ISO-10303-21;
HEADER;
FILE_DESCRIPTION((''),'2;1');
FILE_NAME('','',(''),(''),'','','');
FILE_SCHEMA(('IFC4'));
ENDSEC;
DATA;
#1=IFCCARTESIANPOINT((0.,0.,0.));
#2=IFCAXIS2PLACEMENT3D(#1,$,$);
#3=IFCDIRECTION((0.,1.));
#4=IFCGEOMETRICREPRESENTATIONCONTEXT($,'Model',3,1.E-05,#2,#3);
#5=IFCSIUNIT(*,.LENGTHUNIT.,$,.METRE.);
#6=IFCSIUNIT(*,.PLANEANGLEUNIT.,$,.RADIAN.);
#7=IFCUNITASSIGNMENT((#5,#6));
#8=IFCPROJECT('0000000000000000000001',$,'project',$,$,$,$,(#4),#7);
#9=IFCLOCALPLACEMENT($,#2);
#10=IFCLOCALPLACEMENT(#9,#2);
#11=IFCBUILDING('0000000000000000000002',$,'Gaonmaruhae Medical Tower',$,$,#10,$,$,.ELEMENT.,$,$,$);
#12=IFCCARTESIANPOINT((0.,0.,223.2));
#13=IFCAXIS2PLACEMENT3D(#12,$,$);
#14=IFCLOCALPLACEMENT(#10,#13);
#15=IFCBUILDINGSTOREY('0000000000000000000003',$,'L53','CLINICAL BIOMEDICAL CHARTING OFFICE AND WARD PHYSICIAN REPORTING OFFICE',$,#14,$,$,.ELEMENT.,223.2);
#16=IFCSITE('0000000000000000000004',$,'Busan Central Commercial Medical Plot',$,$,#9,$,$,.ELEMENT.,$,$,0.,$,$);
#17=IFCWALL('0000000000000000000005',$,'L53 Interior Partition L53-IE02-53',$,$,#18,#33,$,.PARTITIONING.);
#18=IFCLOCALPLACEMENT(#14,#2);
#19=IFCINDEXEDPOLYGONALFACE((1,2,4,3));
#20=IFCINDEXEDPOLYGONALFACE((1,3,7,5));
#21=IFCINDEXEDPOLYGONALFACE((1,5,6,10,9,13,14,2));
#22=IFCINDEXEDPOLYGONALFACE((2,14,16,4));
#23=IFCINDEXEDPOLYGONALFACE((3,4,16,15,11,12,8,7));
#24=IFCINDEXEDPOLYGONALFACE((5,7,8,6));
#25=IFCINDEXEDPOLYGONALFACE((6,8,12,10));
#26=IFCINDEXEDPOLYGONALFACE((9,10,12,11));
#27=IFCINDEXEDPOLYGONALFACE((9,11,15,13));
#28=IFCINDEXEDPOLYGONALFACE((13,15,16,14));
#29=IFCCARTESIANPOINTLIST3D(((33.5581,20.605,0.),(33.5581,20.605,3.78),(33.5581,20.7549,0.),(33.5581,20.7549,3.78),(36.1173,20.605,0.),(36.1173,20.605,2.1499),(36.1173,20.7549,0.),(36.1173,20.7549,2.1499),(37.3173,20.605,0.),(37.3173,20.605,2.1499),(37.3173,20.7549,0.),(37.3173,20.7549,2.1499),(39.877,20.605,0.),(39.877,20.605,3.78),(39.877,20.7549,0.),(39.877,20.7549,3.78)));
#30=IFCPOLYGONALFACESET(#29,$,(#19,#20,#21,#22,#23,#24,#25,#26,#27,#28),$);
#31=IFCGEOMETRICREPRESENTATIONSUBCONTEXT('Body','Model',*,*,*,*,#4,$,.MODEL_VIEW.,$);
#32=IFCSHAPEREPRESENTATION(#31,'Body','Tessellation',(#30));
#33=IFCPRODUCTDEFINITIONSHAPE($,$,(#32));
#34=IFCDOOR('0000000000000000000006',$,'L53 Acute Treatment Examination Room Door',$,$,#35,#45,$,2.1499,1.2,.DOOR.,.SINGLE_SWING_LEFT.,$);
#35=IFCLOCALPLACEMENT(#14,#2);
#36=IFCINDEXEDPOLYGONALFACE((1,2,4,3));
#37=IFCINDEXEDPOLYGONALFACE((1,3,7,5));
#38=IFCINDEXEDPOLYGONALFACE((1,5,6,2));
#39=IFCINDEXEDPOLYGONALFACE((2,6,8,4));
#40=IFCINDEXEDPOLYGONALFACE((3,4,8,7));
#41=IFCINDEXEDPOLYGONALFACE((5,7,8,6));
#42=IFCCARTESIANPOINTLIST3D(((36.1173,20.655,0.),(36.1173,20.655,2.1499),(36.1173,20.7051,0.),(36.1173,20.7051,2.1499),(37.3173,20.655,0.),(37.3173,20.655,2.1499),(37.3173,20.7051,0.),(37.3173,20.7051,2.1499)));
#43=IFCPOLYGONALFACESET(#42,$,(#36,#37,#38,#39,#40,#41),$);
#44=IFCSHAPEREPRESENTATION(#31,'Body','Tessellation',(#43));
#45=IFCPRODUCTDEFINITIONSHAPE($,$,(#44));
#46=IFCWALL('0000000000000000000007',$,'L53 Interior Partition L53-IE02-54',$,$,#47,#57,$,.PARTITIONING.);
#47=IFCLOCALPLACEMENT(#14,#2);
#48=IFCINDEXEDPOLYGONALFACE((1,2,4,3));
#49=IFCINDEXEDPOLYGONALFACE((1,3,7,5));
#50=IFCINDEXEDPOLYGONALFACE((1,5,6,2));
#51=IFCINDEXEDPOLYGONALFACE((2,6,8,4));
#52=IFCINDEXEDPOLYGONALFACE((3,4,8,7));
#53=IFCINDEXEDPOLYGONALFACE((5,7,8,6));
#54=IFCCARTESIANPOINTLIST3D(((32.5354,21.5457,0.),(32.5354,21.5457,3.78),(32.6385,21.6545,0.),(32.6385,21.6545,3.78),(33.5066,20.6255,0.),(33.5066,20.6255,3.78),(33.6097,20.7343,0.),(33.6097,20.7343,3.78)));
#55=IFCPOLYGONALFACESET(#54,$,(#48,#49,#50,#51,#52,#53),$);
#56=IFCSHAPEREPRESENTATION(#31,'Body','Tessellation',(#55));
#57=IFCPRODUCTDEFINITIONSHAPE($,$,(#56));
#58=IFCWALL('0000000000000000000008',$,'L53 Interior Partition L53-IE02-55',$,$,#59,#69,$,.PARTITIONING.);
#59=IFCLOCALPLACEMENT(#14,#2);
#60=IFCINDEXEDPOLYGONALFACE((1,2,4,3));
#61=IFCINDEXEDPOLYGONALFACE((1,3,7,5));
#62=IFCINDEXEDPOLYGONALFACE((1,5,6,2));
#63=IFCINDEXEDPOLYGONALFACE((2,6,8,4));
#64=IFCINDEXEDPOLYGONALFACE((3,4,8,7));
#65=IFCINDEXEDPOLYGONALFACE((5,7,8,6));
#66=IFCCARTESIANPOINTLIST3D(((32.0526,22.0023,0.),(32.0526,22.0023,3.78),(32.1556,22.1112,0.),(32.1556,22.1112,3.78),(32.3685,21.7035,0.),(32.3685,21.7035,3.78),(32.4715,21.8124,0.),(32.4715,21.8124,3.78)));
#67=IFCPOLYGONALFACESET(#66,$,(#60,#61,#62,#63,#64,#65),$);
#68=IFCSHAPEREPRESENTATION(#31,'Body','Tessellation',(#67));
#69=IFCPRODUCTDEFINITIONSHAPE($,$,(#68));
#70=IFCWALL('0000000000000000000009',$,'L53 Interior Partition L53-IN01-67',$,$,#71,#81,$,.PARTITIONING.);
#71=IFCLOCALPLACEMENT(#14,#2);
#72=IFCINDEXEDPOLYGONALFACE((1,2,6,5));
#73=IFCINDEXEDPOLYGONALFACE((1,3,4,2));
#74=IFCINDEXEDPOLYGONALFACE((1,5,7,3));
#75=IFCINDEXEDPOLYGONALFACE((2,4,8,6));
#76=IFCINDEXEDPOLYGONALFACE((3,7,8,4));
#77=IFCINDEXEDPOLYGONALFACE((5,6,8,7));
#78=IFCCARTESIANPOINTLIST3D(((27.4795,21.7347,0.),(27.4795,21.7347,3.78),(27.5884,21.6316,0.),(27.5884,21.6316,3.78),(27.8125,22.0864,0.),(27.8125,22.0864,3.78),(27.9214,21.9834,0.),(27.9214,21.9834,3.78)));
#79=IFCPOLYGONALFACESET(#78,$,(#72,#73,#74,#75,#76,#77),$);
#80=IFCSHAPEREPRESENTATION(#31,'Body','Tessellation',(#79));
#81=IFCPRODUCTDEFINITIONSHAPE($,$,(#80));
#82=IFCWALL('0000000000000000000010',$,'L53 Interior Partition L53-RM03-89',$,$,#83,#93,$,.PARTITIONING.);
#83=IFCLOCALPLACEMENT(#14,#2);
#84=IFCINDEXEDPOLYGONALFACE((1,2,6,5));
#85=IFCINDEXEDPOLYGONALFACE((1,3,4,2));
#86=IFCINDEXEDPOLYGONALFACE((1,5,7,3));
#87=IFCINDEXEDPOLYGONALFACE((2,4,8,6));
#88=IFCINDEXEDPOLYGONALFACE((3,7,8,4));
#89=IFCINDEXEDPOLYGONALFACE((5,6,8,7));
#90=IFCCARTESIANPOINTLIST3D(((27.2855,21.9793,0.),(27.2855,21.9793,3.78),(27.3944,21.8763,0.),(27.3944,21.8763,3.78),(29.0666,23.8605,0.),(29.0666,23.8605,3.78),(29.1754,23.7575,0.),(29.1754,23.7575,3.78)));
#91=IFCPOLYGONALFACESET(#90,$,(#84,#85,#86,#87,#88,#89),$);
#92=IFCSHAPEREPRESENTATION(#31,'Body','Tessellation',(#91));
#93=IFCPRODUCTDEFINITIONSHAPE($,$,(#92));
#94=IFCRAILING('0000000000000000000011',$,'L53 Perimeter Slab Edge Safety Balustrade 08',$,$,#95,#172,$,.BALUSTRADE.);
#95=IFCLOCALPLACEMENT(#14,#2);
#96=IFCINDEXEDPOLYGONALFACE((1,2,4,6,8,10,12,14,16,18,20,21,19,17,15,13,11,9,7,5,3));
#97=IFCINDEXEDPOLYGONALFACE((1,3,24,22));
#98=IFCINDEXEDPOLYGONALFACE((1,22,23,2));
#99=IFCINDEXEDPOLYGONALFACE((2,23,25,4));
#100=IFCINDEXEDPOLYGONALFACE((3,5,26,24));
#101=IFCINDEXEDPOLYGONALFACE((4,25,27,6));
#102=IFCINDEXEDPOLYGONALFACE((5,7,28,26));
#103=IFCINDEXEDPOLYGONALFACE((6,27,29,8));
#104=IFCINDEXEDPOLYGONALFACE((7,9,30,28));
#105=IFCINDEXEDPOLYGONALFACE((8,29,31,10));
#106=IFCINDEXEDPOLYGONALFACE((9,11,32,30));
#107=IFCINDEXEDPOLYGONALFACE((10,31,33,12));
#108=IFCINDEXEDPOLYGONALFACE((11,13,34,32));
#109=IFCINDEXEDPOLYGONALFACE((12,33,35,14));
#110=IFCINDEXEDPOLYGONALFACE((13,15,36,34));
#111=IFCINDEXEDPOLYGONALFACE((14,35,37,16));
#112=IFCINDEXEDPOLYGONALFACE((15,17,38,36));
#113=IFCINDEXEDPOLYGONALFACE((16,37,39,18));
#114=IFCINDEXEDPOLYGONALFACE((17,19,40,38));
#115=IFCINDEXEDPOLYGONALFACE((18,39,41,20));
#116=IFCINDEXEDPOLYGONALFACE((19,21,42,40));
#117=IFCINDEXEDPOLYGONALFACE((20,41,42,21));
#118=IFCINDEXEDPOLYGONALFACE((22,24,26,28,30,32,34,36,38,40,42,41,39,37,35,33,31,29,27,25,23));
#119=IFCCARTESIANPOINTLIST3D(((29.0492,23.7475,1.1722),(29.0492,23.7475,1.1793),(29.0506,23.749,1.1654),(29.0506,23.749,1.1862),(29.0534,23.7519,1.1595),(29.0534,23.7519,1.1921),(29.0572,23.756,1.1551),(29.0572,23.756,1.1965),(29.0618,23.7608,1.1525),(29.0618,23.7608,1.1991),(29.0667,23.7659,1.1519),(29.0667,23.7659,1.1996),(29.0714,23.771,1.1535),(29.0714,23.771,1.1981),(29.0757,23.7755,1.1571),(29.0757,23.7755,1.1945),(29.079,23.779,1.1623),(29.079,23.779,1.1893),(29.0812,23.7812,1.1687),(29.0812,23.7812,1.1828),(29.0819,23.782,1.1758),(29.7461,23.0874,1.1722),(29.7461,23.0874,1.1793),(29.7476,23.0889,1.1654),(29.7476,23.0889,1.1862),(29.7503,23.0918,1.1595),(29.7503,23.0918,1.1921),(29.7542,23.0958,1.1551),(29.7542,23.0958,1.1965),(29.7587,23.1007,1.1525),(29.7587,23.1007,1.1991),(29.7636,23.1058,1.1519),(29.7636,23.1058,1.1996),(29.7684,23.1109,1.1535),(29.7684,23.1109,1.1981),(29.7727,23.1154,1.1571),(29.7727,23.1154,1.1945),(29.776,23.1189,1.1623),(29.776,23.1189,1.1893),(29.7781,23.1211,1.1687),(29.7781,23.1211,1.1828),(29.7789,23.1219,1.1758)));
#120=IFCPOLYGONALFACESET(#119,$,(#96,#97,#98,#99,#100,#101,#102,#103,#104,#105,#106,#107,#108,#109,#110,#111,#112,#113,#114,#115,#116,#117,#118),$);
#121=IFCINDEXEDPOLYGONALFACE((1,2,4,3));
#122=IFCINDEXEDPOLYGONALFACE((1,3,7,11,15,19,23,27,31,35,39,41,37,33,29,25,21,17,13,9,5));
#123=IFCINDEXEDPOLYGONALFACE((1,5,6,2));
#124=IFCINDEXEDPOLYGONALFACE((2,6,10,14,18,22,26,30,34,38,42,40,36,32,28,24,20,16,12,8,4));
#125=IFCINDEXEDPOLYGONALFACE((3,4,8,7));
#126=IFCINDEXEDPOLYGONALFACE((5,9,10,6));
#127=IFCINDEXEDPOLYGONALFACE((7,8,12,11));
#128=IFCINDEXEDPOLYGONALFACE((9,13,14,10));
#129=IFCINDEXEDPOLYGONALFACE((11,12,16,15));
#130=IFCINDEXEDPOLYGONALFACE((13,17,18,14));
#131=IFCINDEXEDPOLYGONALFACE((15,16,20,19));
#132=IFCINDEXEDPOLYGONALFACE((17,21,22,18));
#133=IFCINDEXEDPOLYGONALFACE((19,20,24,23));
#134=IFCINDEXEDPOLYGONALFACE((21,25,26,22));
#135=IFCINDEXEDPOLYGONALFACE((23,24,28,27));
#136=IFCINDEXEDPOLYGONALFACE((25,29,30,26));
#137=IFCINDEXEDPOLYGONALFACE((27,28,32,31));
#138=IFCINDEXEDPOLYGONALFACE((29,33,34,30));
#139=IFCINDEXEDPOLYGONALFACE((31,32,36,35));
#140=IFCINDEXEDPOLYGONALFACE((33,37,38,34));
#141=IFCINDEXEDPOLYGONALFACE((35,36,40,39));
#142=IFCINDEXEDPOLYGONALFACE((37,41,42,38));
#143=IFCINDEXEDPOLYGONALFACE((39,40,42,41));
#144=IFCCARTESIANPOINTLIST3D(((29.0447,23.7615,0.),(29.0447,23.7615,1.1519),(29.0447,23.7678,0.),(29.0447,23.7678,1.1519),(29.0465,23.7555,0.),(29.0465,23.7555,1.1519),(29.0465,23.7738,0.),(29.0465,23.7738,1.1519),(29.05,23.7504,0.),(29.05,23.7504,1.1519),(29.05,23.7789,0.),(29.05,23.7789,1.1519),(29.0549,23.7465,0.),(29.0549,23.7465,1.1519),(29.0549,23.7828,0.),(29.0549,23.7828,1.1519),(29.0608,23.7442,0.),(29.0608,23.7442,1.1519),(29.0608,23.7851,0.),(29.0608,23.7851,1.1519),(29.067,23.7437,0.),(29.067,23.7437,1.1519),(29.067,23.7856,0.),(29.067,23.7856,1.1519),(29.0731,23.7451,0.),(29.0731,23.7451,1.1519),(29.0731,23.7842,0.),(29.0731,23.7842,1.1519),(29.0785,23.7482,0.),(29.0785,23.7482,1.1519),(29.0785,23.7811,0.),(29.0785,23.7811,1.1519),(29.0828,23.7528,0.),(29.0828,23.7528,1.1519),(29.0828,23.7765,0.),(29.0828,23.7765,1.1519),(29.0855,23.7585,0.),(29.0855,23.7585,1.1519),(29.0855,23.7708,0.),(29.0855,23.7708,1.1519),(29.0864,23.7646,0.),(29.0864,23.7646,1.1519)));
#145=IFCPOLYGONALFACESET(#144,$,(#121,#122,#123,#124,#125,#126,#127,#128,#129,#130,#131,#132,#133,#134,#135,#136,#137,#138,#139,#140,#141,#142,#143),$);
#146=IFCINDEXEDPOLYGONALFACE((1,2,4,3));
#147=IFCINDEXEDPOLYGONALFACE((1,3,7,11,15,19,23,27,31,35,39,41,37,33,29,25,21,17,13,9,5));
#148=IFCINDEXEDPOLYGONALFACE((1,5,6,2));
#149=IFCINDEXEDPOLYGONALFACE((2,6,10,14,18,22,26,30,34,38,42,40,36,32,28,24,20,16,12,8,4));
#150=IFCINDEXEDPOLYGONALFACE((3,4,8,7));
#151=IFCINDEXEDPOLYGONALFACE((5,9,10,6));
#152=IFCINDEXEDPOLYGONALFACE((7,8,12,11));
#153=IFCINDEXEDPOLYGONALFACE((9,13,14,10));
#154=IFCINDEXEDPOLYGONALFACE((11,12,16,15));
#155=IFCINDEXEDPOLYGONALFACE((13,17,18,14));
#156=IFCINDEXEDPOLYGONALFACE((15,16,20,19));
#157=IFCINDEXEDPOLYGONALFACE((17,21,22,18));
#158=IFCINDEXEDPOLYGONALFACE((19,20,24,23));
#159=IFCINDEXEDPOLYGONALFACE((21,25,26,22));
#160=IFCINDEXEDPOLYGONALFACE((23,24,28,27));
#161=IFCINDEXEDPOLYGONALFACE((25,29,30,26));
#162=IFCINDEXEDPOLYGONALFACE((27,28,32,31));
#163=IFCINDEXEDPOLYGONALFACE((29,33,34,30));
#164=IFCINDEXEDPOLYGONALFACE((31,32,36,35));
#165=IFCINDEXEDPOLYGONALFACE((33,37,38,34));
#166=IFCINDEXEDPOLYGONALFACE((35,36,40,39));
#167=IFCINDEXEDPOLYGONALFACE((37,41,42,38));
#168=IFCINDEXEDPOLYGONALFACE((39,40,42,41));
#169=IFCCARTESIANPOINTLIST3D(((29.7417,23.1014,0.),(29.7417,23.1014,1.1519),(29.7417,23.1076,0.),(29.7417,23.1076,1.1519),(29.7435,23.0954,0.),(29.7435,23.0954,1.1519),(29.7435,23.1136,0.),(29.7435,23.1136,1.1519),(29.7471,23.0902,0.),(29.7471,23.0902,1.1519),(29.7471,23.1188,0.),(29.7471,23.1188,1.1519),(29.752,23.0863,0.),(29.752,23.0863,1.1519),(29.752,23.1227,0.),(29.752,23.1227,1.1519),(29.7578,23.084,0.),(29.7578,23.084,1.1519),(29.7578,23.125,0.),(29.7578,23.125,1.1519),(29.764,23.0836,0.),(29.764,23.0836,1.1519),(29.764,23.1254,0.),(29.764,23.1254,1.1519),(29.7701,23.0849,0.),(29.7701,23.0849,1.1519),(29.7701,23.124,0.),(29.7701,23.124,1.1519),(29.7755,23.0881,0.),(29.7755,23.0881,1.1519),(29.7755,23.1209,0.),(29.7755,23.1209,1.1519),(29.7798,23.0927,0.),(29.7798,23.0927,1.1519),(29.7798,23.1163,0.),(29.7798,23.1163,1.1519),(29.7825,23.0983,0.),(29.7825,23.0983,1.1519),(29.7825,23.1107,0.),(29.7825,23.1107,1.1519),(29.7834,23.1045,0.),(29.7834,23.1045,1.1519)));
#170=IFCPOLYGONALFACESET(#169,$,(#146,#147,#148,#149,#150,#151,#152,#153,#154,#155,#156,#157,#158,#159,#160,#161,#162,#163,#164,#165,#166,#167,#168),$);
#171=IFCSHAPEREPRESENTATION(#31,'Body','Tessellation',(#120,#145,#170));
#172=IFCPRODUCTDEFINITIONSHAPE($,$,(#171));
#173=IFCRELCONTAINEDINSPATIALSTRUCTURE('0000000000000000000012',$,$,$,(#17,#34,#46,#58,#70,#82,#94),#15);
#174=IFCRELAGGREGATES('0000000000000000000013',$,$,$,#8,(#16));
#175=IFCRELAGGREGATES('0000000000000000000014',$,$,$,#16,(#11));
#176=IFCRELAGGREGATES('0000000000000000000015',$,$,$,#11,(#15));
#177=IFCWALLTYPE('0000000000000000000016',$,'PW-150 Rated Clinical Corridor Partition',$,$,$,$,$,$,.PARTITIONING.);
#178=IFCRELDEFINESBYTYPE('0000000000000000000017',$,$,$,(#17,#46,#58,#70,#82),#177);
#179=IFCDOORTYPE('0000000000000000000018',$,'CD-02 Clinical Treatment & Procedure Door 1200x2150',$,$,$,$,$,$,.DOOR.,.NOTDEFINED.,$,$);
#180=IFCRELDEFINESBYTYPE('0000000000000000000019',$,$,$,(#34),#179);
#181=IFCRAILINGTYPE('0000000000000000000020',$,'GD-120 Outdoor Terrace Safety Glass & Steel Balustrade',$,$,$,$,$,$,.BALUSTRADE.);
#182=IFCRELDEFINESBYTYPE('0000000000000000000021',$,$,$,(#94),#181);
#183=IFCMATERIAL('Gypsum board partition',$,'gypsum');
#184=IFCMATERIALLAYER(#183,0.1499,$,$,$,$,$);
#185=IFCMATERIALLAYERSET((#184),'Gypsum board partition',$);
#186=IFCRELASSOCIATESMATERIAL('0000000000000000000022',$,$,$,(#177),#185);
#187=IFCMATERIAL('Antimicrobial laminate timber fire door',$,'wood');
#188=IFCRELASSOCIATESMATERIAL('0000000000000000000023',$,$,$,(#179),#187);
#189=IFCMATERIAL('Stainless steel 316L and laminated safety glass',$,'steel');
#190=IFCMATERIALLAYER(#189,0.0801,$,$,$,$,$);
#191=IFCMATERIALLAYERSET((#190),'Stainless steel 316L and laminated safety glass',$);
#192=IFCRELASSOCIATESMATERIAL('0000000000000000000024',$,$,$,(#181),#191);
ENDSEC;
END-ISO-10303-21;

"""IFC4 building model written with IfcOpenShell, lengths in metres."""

from ifc_helpers import new_model, si_unit, direction, frame, frame_2d, origin, origin_2d, place, context, subcontext, project, spatial, rectangle, circle, extrude, material, layer, layer_set, type_object, element, fill, save


model = new_model("IFC4")

# Units and contexts
model_context = context("Model", 3, precision=1e-05, world=origin(), true_north=direction((0.0, 1.0)))
body_context = subcontext(model_context, "Body", "Model", "MODEL_VIEW")
ifc_project = project(units=[si_unit("LENGTHUNIT", "METRE"), si_unit("PLANEANGLEUNIT", "RADIAN")], contexts=[model_context])

# Site, building, storey
site_placement = place(None, origin())
site = spatial("IfcSite", under=ifc_project, at=site_placement, Name="Busan Central Commercial Medical Plot", CompositionType="ELEMENT", RefElevation=0.0)
building_placement = place(site_placement, origin())
building = spatial("IfcBuilding", under=site, at=building_placement, Name="Gaonmaruhae Medical Tower", CompositionType="ELEMENT")
storey_placement = place(building_placement, frame((0.0, 0.0, 223.2)))
storey = spatial("IfcBuildingStorey", under=building, at=storey_placement, Name="L53", Description="CLINICAL BIOMEDICAL CHARTING OFFICE AND WARD PHYSICIAN REPORTING OFFICE", CompositionType="ELEMENT", Elevation=223.2)

# Shared definitions
ifc_material_1 = material(Name="Gypsum board partition", Category="gypsum")
ifc_layer_1 = layer(ifc_material_1, 0.1499)
ifc_layer_set_1 = layer_set([ifc_layer_1], Name="Gypsum board partition")
wall_type_1 = type_object("IfcWallType", Name="PW-150 Rated Clinical Corridor Partition", PredefinedType="PARTITIONING", material=ifc_layer_set_1)

# Shared definitions
ifc_material_2 = material(Name="Antimicrobial laminate timber fire door", Category="wood")
door_type = type_object("IfcDoorType", Name="CD-02 Clinical Treatment & Procedure Door 1200x2150", OperationType="NOTDEFINED", PredefinedType="DOOR", material=ifc_material_2)

# Wall, opening, door
wall_1_placement = place(storey_placement, frame((39.877, 20.6799, 0.0), z_axis=(0.0, 0.0, 1.0), x_axis=(-1.0, 0.0, 0.0)))
wall_1 = element("IfcWall", 1, at=wall_1_placement, inside=storey, type_object=wall_type_1, Name="L53 Interior Partition L53-IE02-53", PredefinedType="PARTITIONING", context=body_context, shape_type="SweptSolid", body=[
    extrude(rectangle(XDim=6.3188, YDim=0.1499, at=frame_2d((3.1594, 0.0))), origin(), (0.0, 0.0, 1.0), 3.78),
])
opening_1_placement = place(wall_1_placement, frame((2.5596, 0.0, 0.0)))
opening_1 = element("IfcOpeningElement", 2, at=opening_1_placement, cuts=wall_1, PredefinedType="OPENING", context=body_context, shape_type="SweptSolid", body=[
    extrude(rectangle(XDim=1.2, YDim=2.1499, at=frame_2d((0.6001, 1.075))), frame((0.0, 0.085, 0.0), z_axis=(0.0, -1.0, 0.0), x_axis=(1.0, 0.0, 0.0)), (0.0, 0.0, 1.0), 0.1699),
])
door_1_placement = place(opening_1_placement, origin())
door_1 = element("IfcDoor", 3, at=door_1_placement, inside=storey, type_object=door_type, Name="L53 Acute Treatment Examination Room Door", OperationType="SINGLE_SWING_LEFT", OverallHeight=2.1499, OverallWidth=1.2, PredefinedType="DOOR", context=body_context, shape_type="SweptSolid", body=[
    extrude(rectangle(XDim=1.2, YDim=2.1499, at=frame_2d((0.6001, 1.075))), frame((0.0, 0.0249, 0.0), z_axis=(0.0, -1.0, 0.0), x_axis=(1.0, 0.0, 0.0)), (0.0, 0.0, 1.0), 0.05),
])
fill(opening_1, door_1)

# Walls
wall_2_placement = place(storey_placement, frame((33.5581, 20.6799, 0.0), z_axis=(0.0, 0.0, 1.0), x_axis=(-0.725919, 0.68778, 0.0)))
element("IfcWall", 4, at=wall_2_placement, inside=storey, type_object=wall_type_1, Name="L53 Interior Partition L53-IE02-54", PredefinedType="PARTITIONING", context=body_context, shape_type="SweptSolid", body=[
    extrude(rectangle(XDim=1.3379, YDim=0.1499, at=frame_2d((0.6689, 0.0))), origin(), (0.0, 0.0, 1.0), 3.78),
])
wall_3_placement = place(storey_placement, frame((32.4199, 21.7581, 0.0), z_axis=(0.0, 0.0, 1.0), x_axis=(-0.726484, 0.687184, 0.0)))
element("IfcWall", 5, at=wall_3_placement, inside=storey, type_object=wall_type_1, Name="L53 Interior Partition L53-IE02-55", PredefinedType="PARTITIONING", context=body_context, shape_type="SweptSolid", body=[
    extrude(rectangle(XDim=0.4348, YDim=0.1499, at=frame_2d((0.2173, 0.0))), origin(), (0.0, 0.0, 1.0), 3.78),
])
wall_4_placement = place(storey_placement, frame((27.8669, 22.0349, 0.0), z_axis=(0.0, 0.0, 1.0), x_axis=(-0.687437, -0.726244, 0.0)))
element("IfcWall", 6, at=wall_4_placement, inside=storey, type_object=wall_type_1, Name="L53 Interior Partition L53-IN01-67", PredefinedType="PARTITIONING", context=body_context, shape_type="SweptSolid", body=[
    extrude(rectangle(XDim=0.4844, YDim=0.1499, at=frame_2d((0.2422, 0.0))), origin(), (0.0, 0.0, 1.0), 3.78),
])
wall_5_placement = place(storey_placement, frame((29.1211, 23.8091, 0.0), z_axis=(0.0, 0.0, 1.0), x_axis=(-0.687522, -0.726163, 0.0)))
element("IfcWall", 7, at=wall_5_placement, inside=storey, type_object=wall_type_1, Name="L53 Interior Partition L53-RM03-89", PredefinedType="PARTITIONING", context=body_context, shape_type="SweptSolid", body=[
    extrude(rectangle(XDim=2.5906, YDim=0.1499, at=frame_2d((1.2954, 0.0))), origin(), (0.0, 0.0, 1.0), 3.78),
])

# Railing
ifc_material_3 = material(Name="Stainless steel 316L and laminated safety glass", Category="steel")
ifc_layer_2 = layer(ifc_material_3, 0.0801)
ifc_layer_set_2 = layer_set([ifc_layer_2], Name="Stainless steel 316L and laminated safety glass")
railing_type = type_object("IfcRailingType", Name="GD-120 Outdoor Terrace Safety Glass & Steel Balustrade", PredefinedType="BALUSTRADE", material=ifc_layer_set_2)
railing_1_placement = place(storey_placement, frame((29.0654, 23.7646, 0.0)))
element("IfcRailing", 8, at=railing_1_placement, inside=storey, type_object=railing_type, Name="L53 Perimeter Slab Edge Safety Balustrade 08", PredefinedType="BALUSTRADE", context=body_context, shape_type="SweptSolid", body=[
    extrude(circle(Radius=0.0239, at=origin_2d()), frame((0.0, 0.0, 1.1758), z_axis=(0.726046, -0.687646, 0.0), x_axis=(0.687646, 0.726046, 0.0)), (0.0, 0.0, 1.0), 0.96),
    extrude(circle(Radius=0.021, at=origin_2d()), origin(), (0.0, 0.0, 1.0), 1.1519),
    extrude(circle(Radius=0.021, at=origin_2d()), frame((0.697, -0.6602, 0.0)), (0.0, 0.0, 1.0), 1.1519),
])

save(model, "model.ifc")
